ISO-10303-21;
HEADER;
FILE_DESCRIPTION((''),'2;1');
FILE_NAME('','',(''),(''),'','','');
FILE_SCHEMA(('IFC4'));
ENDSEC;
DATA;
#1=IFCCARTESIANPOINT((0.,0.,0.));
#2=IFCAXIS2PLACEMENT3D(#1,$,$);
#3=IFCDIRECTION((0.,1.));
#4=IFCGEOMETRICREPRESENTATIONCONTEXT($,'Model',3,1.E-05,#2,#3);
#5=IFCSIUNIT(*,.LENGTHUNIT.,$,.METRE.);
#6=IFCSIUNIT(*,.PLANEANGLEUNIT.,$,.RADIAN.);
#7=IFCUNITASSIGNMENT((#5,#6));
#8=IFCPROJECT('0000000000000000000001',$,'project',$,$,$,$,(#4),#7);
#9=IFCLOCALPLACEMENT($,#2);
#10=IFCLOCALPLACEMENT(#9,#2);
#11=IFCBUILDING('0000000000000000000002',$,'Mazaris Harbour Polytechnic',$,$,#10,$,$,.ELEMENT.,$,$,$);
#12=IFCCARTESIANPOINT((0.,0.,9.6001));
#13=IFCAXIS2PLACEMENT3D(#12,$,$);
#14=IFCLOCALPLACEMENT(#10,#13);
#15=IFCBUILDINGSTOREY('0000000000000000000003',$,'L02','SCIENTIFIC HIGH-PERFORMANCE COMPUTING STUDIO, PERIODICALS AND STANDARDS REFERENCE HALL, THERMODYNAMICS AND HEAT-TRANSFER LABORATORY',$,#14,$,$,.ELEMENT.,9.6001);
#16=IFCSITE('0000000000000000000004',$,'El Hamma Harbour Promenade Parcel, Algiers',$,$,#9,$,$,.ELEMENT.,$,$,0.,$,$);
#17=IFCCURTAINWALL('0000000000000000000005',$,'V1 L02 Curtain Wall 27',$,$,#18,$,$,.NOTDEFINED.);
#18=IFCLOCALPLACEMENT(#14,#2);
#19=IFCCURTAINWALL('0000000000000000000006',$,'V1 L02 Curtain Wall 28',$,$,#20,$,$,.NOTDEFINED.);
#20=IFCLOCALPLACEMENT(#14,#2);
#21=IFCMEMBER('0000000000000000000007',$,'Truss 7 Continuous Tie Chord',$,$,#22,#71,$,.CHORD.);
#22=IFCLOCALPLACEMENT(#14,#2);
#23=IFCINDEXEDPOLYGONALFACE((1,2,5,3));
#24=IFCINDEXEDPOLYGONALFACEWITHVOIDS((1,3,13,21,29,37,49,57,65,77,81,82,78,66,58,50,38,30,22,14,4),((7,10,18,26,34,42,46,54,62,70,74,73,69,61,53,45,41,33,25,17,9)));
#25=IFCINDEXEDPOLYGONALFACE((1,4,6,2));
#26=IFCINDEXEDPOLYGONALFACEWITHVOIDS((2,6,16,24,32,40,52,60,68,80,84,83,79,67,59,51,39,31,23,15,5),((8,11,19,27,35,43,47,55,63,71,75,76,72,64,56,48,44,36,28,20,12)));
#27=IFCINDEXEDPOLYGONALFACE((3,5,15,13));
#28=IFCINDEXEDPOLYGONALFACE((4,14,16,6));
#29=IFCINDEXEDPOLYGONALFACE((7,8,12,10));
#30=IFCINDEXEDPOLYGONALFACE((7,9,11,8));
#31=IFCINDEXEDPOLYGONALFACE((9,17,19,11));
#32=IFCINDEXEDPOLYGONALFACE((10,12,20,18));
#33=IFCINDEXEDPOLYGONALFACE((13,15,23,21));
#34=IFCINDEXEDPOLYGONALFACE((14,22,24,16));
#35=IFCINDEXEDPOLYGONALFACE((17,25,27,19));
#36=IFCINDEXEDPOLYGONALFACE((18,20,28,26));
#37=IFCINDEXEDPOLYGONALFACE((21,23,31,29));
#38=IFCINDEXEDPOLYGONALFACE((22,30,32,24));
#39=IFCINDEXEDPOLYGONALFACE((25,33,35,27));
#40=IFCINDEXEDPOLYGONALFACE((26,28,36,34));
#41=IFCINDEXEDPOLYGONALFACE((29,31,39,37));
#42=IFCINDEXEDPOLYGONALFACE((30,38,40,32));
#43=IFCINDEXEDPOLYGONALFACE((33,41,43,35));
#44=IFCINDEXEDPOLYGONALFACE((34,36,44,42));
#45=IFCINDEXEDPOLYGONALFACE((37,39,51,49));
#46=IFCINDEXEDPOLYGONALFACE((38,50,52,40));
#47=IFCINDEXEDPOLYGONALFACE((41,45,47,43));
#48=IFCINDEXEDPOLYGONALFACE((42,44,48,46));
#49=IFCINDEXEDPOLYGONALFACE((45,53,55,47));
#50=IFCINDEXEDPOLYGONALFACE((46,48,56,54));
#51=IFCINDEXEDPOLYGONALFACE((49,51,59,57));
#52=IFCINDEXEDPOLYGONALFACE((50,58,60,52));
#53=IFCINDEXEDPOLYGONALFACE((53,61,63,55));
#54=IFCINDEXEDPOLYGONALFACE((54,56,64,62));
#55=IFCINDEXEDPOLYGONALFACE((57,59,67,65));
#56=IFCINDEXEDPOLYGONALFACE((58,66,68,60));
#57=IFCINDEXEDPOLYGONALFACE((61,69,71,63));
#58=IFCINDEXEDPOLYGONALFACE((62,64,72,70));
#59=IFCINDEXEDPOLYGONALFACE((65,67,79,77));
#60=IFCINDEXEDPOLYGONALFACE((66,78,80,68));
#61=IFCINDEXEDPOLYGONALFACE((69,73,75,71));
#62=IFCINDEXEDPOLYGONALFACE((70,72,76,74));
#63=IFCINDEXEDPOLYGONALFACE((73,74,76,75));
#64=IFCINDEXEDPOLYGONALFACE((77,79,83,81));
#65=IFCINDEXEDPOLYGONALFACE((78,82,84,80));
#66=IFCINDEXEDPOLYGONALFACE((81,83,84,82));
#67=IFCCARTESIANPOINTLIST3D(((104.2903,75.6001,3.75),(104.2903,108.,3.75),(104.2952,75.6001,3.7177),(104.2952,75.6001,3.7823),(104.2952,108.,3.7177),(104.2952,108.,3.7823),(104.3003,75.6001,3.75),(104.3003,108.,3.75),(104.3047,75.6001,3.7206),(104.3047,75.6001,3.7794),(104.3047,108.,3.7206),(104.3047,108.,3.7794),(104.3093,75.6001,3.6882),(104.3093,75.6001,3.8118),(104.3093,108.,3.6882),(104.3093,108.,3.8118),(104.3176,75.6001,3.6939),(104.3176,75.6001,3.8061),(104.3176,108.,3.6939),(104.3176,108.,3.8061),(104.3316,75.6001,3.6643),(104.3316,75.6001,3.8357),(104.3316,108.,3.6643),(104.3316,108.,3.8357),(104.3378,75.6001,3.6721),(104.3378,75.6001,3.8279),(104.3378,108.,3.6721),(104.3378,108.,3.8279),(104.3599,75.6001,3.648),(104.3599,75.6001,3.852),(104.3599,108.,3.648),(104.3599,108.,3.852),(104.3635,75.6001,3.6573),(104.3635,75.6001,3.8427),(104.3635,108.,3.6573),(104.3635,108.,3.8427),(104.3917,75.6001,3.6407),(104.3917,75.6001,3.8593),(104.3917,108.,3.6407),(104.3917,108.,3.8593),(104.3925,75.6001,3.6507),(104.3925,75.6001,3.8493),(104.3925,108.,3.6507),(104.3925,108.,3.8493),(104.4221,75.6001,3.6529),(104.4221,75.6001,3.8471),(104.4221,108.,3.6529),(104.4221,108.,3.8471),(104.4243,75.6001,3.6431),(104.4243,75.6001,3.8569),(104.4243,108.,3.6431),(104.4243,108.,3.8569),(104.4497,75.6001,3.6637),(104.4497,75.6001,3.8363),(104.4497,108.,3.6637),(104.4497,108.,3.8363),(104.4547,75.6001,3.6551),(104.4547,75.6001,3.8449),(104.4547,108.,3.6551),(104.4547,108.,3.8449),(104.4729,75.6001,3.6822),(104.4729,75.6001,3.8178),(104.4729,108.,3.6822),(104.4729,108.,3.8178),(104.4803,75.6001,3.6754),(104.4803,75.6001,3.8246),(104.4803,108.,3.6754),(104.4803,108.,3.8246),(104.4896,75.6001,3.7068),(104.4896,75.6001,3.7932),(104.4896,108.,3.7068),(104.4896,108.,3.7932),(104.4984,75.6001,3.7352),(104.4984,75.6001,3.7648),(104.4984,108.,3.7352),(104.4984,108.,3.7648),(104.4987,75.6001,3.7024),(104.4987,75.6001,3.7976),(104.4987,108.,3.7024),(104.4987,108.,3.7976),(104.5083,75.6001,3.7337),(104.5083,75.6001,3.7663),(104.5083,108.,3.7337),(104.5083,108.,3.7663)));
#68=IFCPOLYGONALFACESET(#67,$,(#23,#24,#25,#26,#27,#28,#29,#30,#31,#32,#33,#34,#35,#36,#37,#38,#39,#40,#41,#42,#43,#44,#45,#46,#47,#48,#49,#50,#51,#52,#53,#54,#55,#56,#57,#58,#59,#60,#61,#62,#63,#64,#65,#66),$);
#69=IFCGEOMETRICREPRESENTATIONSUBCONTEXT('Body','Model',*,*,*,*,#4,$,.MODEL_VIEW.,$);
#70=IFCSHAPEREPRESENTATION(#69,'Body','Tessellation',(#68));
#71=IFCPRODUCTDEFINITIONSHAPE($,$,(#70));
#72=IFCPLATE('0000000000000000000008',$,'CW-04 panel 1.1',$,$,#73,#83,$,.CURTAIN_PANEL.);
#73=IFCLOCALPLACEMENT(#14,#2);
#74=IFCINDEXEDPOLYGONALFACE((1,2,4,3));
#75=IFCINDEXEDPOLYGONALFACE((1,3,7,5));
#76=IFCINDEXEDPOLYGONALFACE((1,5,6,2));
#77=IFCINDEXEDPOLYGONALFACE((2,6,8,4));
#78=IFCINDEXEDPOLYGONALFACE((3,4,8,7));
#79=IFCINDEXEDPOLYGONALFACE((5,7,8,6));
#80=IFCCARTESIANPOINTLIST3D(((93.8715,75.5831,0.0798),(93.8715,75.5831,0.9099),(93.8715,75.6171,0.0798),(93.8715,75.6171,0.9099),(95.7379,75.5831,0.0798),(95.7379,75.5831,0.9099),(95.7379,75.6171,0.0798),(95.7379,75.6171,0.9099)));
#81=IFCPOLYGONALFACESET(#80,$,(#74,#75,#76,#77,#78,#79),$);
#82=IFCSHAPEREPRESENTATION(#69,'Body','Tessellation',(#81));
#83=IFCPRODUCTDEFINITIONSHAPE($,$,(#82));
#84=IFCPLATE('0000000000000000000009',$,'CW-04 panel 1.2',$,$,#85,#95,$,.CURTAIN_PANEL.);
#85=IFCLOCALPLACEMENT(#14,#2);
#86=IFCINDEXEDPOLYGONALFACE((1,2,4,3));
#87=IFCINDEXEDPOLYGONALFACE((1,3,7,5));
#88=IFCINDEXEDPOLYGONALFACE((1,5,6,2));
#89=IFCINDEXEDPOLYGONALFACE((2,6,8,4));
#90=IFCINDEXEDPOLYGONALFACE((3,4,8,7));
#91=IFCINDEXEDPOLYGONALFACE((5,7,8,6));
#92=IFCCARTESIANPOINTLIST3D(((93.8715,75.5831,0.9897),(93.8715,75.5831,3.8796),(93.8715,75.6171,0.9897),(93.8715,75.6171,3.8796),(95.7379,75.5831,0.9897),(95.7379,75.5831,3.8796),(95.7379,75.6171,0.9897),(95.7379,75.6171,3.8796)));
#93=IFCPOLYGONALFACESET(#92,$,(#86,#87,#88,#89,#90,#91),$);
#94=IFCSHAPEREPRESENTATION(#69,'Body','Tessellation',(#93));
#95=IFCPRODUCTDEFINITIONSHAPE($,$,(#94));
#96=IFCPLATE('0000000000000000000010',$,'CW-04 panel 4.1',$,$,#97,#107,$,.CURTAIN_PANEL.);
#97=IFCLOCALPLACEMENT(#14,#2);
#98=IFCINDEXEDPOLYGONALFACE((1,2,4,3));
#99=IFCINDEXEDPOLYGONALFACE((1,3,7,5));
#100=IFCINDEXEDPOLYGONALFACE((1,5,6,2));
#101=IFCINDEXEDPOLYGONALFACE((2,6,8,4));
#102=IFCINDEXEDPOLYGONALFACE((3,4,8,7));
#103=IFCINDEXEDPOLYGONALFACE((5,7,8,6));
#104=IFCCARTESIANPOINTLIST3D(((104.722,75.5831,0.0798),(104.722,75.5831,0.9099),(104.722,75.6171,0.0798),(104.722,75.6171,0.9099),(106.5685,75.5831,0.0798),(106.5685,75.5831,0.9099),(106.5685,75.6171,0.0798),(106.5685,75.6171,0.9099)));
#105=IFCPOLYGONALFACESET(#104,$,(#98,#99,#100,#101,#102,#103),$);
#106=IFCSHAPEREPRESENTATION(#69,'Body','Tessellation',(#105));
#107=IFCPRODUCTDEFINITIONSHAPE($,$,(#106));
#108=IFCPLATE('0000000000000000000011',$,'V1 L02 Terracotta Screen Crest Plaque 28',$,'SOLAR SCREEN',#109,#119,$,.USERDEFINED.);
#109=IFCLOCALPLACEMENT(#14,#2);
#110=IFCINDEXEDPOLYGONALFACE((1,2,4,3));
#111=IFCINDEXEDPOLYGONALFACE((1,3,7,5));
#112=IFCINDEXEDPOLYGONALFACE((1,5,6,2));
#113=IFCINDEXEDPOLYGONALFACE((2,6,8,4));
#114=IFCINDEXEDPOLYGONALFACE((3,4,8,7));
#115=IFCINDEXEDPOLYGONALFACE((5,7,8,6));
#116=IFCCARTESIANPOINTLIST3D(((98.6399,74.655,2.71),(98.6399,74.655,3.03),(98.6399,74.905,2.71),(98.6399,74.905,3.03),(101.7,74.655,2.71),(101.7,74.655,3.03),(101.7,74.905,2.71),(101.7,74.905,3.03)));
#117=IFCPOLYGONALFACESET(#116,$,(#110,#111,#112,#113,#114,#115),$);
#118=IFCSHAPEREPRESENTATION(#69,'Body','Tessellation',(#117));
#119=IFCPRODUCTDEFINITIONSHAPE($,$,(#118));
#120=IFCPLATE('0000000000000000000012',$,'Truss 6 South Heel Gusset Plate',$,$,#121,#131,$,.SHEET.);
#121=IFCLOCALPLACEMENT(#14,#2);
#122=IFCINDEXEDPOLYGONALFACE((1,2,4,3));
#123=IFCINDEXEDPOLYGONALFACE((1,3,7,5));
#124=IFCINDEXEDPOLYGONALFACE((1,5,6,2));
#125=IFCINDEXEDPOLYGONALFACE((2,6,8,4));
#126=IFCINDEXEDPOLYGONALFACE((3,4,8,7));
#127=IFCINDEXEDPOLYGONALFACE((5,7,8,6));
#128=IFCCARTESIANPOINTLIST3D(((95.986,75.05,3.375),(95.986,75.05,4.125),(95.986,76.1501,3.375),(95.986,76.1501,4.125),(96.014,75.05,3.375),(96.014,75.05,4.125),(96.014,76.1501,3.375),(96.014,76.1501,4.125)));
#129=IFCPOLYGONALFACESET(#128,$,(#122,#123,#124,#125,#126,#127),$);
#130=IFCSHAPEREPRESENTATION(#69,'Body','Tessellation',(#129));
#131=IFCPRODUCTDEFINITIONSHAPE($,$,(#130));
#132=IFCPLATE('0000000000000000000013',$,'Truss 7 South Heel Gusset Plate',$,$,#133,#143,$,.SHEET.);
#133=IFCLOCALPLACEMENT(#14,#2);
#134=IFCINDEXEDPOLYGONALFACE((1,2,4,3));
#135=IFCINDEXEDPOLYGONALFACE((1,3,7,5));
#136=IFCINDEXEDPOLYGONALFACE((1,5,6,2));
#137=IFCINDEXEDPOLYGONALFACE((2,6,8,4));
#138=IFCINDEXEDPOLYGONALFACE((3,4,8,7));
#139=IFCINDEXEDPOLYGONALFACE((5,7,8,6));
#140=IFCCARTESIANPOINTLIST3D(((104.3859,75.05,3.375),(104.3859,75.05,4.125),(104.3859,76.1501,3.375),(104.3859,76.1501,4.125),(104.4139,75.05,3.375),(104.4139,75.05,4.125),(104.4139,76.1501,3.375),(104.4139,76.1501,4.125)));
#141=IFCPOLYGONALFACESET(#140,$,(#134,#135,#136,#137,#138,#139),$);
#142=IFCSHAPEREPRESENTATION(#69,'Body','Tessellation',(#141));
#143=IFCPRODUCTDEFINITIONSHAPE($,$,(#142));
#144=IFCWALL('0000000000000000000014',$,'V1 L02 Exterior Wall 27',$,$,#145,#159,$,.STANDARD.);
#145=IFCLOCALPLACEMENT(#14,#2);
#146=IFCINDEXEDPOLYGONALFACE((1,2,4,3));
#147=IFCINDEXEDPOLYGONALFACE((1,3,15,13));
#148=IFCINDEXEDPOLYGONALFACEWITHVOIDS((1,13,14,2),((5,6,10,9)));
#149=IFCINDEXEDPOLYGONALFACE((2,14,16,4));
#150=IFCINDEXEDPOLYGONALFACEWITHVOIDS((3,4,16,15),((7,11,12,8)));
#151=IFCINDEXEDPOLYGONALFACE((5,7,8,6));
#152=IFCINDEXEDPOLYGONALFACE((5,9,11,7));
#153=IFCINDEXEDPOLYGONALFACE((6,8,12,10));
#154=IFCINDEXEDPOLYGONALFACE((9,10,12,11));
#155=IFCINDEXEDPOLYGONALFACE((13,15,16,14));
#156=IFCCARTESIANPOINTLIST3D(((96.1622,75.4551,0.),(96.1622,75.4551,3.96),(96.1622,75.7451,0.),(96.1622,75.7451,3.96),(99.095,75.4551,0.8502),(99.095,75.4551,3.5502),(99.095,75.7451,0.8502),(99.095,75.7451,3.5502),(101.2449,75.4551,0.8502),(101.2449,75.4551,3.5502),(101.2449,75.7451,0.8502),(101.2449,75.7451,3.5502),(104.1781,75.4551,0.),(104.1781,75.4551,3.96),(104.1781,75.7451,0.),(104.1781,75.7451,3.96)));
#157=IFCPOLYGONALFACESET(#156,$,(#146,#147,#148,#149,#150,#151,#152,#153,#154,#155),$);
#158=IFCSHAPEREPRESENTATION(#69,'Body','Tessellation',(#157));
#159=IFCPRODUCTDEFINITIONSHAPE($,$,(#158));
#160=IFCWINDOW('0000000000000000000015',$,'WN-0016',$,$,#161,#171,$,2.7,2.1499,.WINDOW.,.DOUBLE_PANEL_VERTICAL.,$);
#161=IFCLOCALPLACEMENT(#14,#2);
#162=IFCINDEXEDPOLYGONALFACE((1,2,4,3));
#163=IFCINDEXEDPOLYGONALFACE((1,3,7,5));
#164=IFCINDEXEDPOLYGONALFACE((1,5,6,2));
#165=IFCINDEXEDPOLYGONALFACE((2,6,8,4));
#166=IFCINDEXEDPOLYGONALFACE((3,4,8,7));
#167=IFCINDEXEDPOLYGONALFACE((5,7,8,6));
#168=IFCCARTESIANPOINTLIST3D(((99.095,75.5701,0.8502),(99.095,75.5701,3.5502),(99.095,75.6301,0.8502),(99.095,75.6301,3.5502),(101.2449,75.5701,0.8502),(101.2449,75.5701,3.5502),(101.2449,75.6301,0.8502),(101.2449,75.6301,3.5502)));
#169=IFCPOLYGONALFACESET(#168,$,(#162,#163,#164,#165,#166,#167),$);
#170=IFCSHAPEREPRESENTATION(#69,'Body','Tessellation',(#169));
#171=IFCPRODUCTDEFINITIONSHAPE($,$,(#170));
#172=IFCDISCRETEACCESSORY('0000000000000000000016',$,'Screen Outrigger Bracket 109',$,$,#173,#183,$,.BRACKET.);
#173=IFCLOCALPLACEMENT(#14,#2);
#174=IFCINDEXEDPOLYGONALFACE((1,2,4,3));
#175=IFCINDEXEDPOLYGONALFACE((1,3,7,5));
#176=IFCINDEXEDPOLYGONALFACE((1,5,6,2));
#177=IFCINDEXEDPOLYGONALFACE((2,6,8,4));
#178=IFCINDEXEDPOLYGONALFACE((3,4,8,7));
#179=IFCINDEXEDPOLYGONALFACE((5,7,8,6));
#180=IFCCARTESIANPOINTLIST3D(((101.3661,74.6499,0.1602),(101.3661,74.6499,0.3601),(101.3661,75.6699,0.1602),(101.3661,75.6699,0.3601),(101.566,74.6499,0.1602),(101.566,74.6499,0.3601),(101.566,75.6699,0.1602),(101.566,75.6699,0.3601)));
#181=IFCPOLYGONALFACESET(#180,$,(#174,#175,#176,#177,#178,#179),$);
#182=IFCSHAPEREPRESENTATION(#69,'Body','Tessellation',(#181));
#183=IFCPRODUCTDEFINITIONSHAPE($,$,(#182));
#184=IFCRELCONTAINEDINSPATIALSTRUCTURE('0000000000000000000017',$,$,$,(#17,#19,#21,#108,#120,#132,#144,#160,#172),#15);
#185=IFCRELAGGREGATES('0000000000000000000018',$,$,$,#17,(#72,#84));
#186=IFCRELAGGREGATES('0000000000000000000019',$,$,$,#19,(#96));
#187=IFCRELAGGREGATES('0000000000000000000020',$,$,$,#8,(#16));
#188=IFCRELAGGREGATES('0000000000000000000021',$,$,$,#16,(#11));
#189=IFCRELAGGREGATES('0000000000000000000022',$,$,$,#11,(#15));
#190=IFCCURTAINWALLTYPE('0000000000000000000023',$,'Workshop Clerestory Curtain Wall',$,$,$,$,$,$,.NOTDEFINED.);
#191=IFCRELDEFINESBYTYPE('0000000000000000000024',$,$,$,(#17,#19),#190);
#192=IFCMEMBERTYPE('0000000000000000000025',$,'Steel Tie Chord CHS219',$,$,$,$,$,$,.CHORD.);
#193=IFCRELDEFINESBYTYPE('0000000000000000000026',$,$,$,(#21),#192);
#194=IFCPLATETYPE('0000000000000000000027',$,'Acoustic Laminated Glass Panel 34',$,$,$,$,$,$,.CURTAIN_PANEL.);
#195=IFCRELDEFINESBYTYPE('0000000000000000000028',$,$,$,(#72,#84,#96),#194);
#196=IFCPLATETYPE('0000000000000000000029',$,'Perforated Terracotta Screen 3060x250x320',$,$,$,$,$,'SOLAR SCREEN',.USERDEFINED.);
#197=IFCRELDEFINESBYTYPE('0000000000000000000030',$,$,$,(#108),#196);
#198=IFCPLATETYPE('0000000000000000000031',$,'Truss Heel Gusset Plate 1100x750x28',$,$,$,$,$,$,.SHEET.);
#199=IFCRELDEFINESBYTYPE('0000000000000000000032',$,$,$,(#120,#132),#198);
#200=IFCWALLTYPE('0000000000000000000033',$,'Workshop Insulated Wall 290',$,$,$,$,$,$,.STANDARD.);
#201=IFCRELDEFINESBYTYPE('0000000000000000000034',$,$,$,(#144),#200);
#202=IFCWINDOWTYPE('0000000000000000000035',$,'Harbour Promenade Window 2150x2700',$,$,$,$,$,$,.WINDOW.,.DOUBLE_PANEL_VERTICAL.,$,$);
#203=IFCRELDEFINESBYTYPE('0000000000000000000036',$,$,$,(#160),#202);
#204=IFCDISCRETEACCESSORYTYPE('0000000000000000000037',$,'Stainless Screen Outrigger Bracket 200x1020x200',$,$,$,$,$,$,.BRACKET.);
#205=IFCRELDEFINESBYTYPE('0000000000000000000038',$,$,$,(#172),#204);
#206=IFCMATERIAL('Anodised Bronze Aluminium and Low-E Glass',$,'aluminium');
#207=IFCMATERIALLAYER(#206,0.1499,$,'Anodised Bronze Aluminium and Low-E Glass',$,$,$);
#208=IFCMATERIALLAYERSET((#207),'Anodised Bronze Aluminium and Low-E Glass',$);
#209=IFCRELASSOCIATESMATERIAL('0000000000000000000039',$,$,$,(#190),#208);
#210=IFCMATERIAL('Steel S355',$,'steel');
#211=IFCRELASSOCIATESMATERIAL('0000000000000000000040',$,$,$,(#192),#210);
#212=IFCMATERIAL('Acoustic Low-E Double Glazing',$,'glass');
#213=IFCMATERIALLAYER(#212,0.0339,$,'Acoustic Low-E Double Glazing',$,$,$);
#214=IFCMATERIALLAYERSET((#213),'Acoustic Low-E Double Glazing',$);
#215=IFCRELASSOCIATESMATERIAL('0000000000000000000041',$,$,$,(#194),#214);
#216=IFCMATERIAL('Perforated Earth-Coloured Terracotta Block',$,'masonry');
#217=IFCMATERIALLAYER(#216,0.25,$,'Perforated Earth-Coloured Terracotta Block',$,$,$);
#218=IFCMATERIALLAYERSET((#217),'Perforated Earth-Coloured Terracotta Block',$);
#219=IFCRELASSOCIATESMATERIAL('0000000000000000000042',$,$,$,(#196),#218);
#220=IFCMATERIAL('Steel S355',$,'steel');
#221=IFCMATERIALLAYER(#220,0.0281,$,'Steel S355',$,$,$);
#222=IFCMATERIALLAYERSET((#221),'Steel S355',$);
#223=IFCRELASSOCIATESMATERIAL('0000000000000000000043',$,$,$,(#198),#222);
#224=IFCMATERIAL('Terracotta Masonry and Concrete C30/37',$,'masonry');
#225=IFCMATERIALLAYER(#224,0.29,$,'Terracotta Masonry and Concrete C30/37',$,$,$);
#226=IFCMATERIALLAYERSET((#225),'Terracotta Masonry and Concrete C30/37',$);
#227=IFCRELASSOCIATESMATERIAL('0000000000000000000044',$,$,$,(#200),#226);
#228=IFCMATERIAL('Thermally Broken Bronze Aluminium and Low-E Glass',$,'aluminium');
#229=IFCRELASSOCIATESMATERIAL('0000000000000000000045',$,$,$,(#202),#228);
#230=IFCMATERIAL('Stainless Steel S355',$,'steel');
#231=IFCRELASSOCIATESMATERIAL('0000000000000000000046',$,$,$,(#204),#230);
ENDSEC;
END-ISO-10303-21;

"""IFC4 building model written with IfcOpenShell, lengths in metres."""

from ifc_helpers import new_model, si_unit, direction, frame, frame_2d, origin, origin_2d, place, context, subcontext, project, spatial, rectangle, hollow_circle, extrude, material, layer, layer_set, material_profile, profile_set, type_object, element, fill, aggregate, save


model = new_model("IFC4")

# Units and contexts
model_context = context("Model", 3, precision=1e-05, world=origin(), true_north=direction((0.0, 1.0)))
body_context = subcontext(model_context, "Body", "Model", "MODEL_VIEW")
ifc_project = project(units=[si_unit("LENGTHUNIT", "METRE"), si_unit("PLANEANGLEUNIT", "RADIAN")], contexts=[model_context])

# Site, building, storey
site_placement = place(None, origin())
site = spatial("IfcSite", under=ifc_project, at=site_placement, Name="El Hamma Harbour Promenade Parcel, Algiers", CompositionType="ELEMENT", RefElevation=0.0)
building_placement = place(site_placement, origin())
building = spatial("IfcBuilding", under=site, at=building_placement, Name="Mazaris Harbour Polytechnic", CompositionType="ELEMENT")
storey_placement = place(building_placement, frame((0.0, 0.0, 9.6001)))
storey = spatial("IfcBuildingStorey", under=building, at=storey_placement, Name="L02", Description="SCIENTIFIC HIGH-PERFORMANCE COMPUTING STUDIO, PERIODICALS AND STANDARDS REFERENCE HALL, THERMODYNAMICS AND HEAT-TRANSFER LABORATORY", CompositionType="ELEMENT", Elevation=9.6001)

# Curtain walls
ifc_material_1 = material(Name="Anodised Bronze Aluminium and Low-E Glass", Category="aluminium")
ifc_layer_1 = layer(ifc_material_1, 0.1499, Name="Anodised Bronze Aluminium and Low-E Glass")
ifc_layer_set_1 = layer_set([ifc_layer_1], Name="Anodised Bronze Aluminium and Low-E Glass")
curtain_wall_type = type_object("IfcCurtainWallType", Name="Workshop Clerestory Curtain Wall", PredefinedType="NOTDEFINED", material=ifc_layer_set_1)
curtain_wall_1_placement = place(storey_placement, origin())
curtain_wall_1 = element("IfcCurtainWall", 1, at=curtain_wall_1_placement, inside=storey, type_object=curtain_wall_type, Name="V1 L02 Curtain Wall 27", PredefinedType="NOTDEFINED")
curtain_wall_2_placement = place(storey_placement, origin())
curtain_wall_2 = element("IfcCurtainWall", 2, at=curtain_wall_2_placement, inside=storey, type_object=curtain_wall_type, Name="V1 L02 Curtain Wall 28", PredefinedType="NOTDEFINED")

# Member
ifc_material_2 = material(Name="Steel S355", Category="steel")
ifc_material_profile_1 = material_profile(ifc_material_2, hollow_circle(Radius=0.1096, WallThickness=0.01, at=origin_2d()), Name="CHS 219.1x10.0")
ifc_profile_set_1 = profile_set([ifc_material_profile_1], Name="Steel S355")
member_type_1 = type_object("IfcMemberType", Name="Steel Tie Chord CHS219", PredefinedType="CHORD", material=ifc_profile_set_1)
for number, where, z_axis, x_axis, name in (
    (3, (104.3999, 75.6001, 3.75), (0.0, 1.0, 0.0), (-1.0, 0.0, 0.0), "Truss 7 Continuous Tie Chord"),
):
    element("IfcMember", number, at=place(storey_placement, frame(where, z_axis=z_axis, x_axis=x_axis)), inside=storey, type_object=member_type_1, Name=name, PredefinedType="CHORD", context=body_context, shape_type="SweptSolid", body=[
        extrude(hollow_circle(Radius=0.1096, WallThickness=0.01, at=origin_2d()), origin(), (0.0, 0.0, 1.0), 32.3999),
    ])

# Plates
ifc_material_3 = material(Name="Acoustic Low-E Double Glazing", Category="glass")
ifc_layer_2 = layer(ifc_material_3, 0.0339, Name="Acoustic Low-E Double Glazing")
ifc_layer_set_2 = layer_set([ifc_layer_2], Name="Acoustic Low-E Double Glazing")
plate_type_1 = type_object("IfcPlateType", Name="Acoustic Laminated Glass Panel 34", PredefinedType="CURTAIN_PANEL", material=ifc_layer_set_2)
plate_1_placement = place(storey_placement, frame((94.8047, 75.6001, 0.0798), z_axis=(0.0, 0.0, 1.0), x_axis=(-1.0, 0.0, 0.0)))
plate_1 = element("IfcPlate", 4, at=plate_1_placement, type_object=plate_type_1, Name="CW-04 panel 1.1", PredefinedType="CURTAIN_PANEL", context=body_context, shape_type="SweptSolid", body=[
    extrude(rectangle(XDim=1.8665, YDim=0.0339, at=origin_2d()), origin(), (0.0, 0.0, 1.0), 0.8301),
])
plate_2_placement = place(storey_placement, frame((94.8047, 75.6001, 0.9897), z_axis=(0.0, 0.0, 1.0), x_axis=(-1.0, 0.0, 0.0)))
plate_2 = element("IfcPlate", 5, at=plate_2_placement, type_object=plate_type_1, Name="CW-04 panel 1.2", PredefinedType="CURTAIN_PANEL", context=body_context, shape_type="SweptSolid", body=[
    extrude(rectangle(XDim=1.8665, YDim=0.0339, at=origin_2d()), origin(), (0.0, 0.0, 1.0), 2.8899),
])
aggregate(curtain_wall_1, [plate_1, plate_2])
plate_3_placement = place(storey_placement, frame((105.6453, 75.6001, 0.0798), z_axis=(0.0, 0.0, 1.0), x_axis=(-1.0, 0.0, 0.0)))
plate_3 = element("IfcPlate", 6, at=plate_3_placement, type_object=plate_type_1, Name="CW-04 panel 4.1", PredefinedType="CURTAIN_PANEL", context=body_context, shape_type="SweptSolid", body=[
    extrude(rectangle(XDim=1.8464, YDim=0.0339, at=origin_2d()), origin(), (0.0, 0.0, 1.0), 0.8301),
])
aggregate(curtain_wall_2, [plate_3])

# Plates
ifc_material_4 = material(Name="Perforated Earth-Coloured Terracotta Block", Category="masonry")
ifc_layer_3 = layer(ifc_material_4, 0.25, Name="Perforated Earth-Coloured Terracotta Block")
ifc_layer_set_3 = layer_set([ifc_layer_3], Name="Perforated Earth-Coloured Terracotta Block")
plate_type_2 = type_object("IfcPlateType", Name="Perforated Terracotta Screen 3060x250x320", ElementType="SOLAR SCREEN", PredefinedType="USERDEFINED", material=ifc_layer_set_3)
plate_4_placement = place(storey_placement, frame((100.1699, 74.78, 2.71), z_axis=(0.0, 0.0, 1.0), x_axis=(-1.0, 0.0, 0.0)))
element("IfcPlate", 7, at=plate_4_placement, inside=storey, type_object=plate_type_2, Name="V1 L02 Terracotta Screen Crest Plaque 28", ObjectType="SOLAR SCREEN", PredefinedType="USERDEFINED", context=body_context, shape_type="SweptSolid", body=[
    extrude(rectangle(XDim=3.0601, YDim=0.25, at=origin_2d()), origin(), (0.0, 0.0, 1.0), 0.3201),
])
ifc_material_5 = material(Name="Steel S355", Category="steel")
ifc_layer_4 = layer(ifc_material_5, 0.0281, Name="Steel S355")
ifc_layer_set_4 = layer_set([ifc_layer_4], Name="Steel S355")
plate_type_3 = type_object("IfcPlateType", Name="Truss Heel Gusset Plate 1100x750x28", PredefinedType="SHEET", material=ifc_layer_set_4)
for number, where, z_axis, x_axis, name in (
    (8, (96.0, 75.6001, 3.375), (0.0, 0.0, 1.0), (0.0, 1.0, 0.0), "Truss 6 South Heel Gusset Plate"),
    (9, (104.3999, 75.6001, 3.375), (0.0, 0.0, 1.0), (0.0, 1.0, 0.0), "Truss 7 South Heel Gusset Plate"),
):
    element("IfcPlate", number, at=place(storey_placement, frame(where, z_axis=z_axis, x_axis=x_axis)), inside=storey, type_object=plate_type_3, Name=name, PredefinedType="SHEET", context=body_context, shape_type="SweptSolid", body=[
        extrude(rectangle(XDim=1.1001, YDim=0.0281, at=origin_2d()), origin(), (0.0, 0.0, 1.0), 0.75),
    ])

# Wall, opening, window
ifc_material_6 = material(Name="Terracotta Masonry and Concrete C30/37", Category="masonry")
ifc_layer_5 = layer(ifc_material_6, 0.29, Name="Terracotta Masonry and Concrete C30/37")
ifc_layer_set_5 = layer_set([ifc_layer_5], Name="Terracotta Masonry and Concrete C30/37")
wall_type = type_object("IfcWallType", Name="Workshop Insulated Wall 290", PredefinedType="STANDARD", material=ifc_layer_set_5)
wall_placement = place(storey_placement, frame((104.178, 75.6001, 0.0), z_axis=(0.0, 0.0, 1.0), x_axis=(-1.0, 0.0, 0.0)))
wall = element("IfcWall", 10, at=wall_placement, inside=storey, type_object=wall_type, Name="V1 L02 Exterior Wall 27", PredefinedType="STANDARD", context=body_context, shape_type="SweptSolid", body=[
    extrude(rectangle(XDim=8.0159, YDim=0.29, at=frame_2d((4.0078, 0.0))), origin(), (0.0, 0.0, 1.0), 3.96),
])
opening_placement = place(wall_placement, frame((2.9331, 0.0, 0.8501)))
opening = element("IfcOpeningElement", 11, at=opening_placement, cuts=wall, PredefinedType="OPENING", context=body_context, shape_type="SweptSolid", body=[
    extrude(rectangle(XDim=2.1499, YDim=2.7, at=frame_2d((1.075, 1.3501))), frame((0.0, 0.155, 0.0), z_axis=(0.0, -1.0, 0.0), x_axis=(1.0, 0.0, 0.0)), (0.0, 0.0, 1.0), 0.3101),
])
ifc_material_7 = material(Name="Thermally Broken Bronze Aluminium and Low-E Glass", Category="aluminium")
window_type = type_object("IfcWindowType", Name="Harbour Promenade Window 2150x2700", PartitioningType="DOUBLE_PANEL_VERTICAL", PredefinedType="WINDOW", material=ifc_material_7)
window_placement = place(opening_placement, origin())
window = element("IfcWindow", 12, at=window_placement, inside=storey, type_object=window_type, Name="WN-0016", OverallHeight=2.7, OverallWidth=2.1499, PartitioningType="DOUBLE_PANEL_VERTICAL", PredefinedType="WINDOW", context=body_context, shape_type="SweptSolid", body=[
    extrude(rectangle(XDim=2.1499, YDim=2.7, at=frame_2d((1.075, 1.3501))), frame((0.0, 0.03, 0.0), z_axis=(0.0, -1.0, 0.0), x_axis=(1.0, 0.0, 0.0)), (0.0, 0.0, 1.0), 0.0601),
])
fill(opening, window)

# Discrete accessory
ifc_material_8 = material(Name="Stainless Steel S355", Category="steel")
discrete_accessory_type_1 = type_object("IfcDiscreteAccessoryType", Name="Stainless Screen Outrigger Bracket 200x1020x200", PredefinedType="BRACKET", material=ifc_material_8)
for number, where, z_axis, x_axis, name in (
    (13, (101.4661, 75.1599, 0.1602), (0.0, 0.0, 1.0), (-1.0, 0.0, 0.0), "Screen Outrigger Bracket 109"),
):
    element("IfcDiscreteAccessory", number, at=place(storey_placement, frame(where, z_axis=z_axis, x_axis=x_axis)), inside=storey, type_object=discrete_accessory_type_1, Name=name, PredefinedType="BRACKET", context=body_context, shape_type="SweptSolid", body=[
        extrude(rectangle(XDim=0.2, YDim=1.02, at=origin_2d()), origin(), (0.0, 0.0, 1.0), 0.2),
    ])

save(model, "model.ifc")
